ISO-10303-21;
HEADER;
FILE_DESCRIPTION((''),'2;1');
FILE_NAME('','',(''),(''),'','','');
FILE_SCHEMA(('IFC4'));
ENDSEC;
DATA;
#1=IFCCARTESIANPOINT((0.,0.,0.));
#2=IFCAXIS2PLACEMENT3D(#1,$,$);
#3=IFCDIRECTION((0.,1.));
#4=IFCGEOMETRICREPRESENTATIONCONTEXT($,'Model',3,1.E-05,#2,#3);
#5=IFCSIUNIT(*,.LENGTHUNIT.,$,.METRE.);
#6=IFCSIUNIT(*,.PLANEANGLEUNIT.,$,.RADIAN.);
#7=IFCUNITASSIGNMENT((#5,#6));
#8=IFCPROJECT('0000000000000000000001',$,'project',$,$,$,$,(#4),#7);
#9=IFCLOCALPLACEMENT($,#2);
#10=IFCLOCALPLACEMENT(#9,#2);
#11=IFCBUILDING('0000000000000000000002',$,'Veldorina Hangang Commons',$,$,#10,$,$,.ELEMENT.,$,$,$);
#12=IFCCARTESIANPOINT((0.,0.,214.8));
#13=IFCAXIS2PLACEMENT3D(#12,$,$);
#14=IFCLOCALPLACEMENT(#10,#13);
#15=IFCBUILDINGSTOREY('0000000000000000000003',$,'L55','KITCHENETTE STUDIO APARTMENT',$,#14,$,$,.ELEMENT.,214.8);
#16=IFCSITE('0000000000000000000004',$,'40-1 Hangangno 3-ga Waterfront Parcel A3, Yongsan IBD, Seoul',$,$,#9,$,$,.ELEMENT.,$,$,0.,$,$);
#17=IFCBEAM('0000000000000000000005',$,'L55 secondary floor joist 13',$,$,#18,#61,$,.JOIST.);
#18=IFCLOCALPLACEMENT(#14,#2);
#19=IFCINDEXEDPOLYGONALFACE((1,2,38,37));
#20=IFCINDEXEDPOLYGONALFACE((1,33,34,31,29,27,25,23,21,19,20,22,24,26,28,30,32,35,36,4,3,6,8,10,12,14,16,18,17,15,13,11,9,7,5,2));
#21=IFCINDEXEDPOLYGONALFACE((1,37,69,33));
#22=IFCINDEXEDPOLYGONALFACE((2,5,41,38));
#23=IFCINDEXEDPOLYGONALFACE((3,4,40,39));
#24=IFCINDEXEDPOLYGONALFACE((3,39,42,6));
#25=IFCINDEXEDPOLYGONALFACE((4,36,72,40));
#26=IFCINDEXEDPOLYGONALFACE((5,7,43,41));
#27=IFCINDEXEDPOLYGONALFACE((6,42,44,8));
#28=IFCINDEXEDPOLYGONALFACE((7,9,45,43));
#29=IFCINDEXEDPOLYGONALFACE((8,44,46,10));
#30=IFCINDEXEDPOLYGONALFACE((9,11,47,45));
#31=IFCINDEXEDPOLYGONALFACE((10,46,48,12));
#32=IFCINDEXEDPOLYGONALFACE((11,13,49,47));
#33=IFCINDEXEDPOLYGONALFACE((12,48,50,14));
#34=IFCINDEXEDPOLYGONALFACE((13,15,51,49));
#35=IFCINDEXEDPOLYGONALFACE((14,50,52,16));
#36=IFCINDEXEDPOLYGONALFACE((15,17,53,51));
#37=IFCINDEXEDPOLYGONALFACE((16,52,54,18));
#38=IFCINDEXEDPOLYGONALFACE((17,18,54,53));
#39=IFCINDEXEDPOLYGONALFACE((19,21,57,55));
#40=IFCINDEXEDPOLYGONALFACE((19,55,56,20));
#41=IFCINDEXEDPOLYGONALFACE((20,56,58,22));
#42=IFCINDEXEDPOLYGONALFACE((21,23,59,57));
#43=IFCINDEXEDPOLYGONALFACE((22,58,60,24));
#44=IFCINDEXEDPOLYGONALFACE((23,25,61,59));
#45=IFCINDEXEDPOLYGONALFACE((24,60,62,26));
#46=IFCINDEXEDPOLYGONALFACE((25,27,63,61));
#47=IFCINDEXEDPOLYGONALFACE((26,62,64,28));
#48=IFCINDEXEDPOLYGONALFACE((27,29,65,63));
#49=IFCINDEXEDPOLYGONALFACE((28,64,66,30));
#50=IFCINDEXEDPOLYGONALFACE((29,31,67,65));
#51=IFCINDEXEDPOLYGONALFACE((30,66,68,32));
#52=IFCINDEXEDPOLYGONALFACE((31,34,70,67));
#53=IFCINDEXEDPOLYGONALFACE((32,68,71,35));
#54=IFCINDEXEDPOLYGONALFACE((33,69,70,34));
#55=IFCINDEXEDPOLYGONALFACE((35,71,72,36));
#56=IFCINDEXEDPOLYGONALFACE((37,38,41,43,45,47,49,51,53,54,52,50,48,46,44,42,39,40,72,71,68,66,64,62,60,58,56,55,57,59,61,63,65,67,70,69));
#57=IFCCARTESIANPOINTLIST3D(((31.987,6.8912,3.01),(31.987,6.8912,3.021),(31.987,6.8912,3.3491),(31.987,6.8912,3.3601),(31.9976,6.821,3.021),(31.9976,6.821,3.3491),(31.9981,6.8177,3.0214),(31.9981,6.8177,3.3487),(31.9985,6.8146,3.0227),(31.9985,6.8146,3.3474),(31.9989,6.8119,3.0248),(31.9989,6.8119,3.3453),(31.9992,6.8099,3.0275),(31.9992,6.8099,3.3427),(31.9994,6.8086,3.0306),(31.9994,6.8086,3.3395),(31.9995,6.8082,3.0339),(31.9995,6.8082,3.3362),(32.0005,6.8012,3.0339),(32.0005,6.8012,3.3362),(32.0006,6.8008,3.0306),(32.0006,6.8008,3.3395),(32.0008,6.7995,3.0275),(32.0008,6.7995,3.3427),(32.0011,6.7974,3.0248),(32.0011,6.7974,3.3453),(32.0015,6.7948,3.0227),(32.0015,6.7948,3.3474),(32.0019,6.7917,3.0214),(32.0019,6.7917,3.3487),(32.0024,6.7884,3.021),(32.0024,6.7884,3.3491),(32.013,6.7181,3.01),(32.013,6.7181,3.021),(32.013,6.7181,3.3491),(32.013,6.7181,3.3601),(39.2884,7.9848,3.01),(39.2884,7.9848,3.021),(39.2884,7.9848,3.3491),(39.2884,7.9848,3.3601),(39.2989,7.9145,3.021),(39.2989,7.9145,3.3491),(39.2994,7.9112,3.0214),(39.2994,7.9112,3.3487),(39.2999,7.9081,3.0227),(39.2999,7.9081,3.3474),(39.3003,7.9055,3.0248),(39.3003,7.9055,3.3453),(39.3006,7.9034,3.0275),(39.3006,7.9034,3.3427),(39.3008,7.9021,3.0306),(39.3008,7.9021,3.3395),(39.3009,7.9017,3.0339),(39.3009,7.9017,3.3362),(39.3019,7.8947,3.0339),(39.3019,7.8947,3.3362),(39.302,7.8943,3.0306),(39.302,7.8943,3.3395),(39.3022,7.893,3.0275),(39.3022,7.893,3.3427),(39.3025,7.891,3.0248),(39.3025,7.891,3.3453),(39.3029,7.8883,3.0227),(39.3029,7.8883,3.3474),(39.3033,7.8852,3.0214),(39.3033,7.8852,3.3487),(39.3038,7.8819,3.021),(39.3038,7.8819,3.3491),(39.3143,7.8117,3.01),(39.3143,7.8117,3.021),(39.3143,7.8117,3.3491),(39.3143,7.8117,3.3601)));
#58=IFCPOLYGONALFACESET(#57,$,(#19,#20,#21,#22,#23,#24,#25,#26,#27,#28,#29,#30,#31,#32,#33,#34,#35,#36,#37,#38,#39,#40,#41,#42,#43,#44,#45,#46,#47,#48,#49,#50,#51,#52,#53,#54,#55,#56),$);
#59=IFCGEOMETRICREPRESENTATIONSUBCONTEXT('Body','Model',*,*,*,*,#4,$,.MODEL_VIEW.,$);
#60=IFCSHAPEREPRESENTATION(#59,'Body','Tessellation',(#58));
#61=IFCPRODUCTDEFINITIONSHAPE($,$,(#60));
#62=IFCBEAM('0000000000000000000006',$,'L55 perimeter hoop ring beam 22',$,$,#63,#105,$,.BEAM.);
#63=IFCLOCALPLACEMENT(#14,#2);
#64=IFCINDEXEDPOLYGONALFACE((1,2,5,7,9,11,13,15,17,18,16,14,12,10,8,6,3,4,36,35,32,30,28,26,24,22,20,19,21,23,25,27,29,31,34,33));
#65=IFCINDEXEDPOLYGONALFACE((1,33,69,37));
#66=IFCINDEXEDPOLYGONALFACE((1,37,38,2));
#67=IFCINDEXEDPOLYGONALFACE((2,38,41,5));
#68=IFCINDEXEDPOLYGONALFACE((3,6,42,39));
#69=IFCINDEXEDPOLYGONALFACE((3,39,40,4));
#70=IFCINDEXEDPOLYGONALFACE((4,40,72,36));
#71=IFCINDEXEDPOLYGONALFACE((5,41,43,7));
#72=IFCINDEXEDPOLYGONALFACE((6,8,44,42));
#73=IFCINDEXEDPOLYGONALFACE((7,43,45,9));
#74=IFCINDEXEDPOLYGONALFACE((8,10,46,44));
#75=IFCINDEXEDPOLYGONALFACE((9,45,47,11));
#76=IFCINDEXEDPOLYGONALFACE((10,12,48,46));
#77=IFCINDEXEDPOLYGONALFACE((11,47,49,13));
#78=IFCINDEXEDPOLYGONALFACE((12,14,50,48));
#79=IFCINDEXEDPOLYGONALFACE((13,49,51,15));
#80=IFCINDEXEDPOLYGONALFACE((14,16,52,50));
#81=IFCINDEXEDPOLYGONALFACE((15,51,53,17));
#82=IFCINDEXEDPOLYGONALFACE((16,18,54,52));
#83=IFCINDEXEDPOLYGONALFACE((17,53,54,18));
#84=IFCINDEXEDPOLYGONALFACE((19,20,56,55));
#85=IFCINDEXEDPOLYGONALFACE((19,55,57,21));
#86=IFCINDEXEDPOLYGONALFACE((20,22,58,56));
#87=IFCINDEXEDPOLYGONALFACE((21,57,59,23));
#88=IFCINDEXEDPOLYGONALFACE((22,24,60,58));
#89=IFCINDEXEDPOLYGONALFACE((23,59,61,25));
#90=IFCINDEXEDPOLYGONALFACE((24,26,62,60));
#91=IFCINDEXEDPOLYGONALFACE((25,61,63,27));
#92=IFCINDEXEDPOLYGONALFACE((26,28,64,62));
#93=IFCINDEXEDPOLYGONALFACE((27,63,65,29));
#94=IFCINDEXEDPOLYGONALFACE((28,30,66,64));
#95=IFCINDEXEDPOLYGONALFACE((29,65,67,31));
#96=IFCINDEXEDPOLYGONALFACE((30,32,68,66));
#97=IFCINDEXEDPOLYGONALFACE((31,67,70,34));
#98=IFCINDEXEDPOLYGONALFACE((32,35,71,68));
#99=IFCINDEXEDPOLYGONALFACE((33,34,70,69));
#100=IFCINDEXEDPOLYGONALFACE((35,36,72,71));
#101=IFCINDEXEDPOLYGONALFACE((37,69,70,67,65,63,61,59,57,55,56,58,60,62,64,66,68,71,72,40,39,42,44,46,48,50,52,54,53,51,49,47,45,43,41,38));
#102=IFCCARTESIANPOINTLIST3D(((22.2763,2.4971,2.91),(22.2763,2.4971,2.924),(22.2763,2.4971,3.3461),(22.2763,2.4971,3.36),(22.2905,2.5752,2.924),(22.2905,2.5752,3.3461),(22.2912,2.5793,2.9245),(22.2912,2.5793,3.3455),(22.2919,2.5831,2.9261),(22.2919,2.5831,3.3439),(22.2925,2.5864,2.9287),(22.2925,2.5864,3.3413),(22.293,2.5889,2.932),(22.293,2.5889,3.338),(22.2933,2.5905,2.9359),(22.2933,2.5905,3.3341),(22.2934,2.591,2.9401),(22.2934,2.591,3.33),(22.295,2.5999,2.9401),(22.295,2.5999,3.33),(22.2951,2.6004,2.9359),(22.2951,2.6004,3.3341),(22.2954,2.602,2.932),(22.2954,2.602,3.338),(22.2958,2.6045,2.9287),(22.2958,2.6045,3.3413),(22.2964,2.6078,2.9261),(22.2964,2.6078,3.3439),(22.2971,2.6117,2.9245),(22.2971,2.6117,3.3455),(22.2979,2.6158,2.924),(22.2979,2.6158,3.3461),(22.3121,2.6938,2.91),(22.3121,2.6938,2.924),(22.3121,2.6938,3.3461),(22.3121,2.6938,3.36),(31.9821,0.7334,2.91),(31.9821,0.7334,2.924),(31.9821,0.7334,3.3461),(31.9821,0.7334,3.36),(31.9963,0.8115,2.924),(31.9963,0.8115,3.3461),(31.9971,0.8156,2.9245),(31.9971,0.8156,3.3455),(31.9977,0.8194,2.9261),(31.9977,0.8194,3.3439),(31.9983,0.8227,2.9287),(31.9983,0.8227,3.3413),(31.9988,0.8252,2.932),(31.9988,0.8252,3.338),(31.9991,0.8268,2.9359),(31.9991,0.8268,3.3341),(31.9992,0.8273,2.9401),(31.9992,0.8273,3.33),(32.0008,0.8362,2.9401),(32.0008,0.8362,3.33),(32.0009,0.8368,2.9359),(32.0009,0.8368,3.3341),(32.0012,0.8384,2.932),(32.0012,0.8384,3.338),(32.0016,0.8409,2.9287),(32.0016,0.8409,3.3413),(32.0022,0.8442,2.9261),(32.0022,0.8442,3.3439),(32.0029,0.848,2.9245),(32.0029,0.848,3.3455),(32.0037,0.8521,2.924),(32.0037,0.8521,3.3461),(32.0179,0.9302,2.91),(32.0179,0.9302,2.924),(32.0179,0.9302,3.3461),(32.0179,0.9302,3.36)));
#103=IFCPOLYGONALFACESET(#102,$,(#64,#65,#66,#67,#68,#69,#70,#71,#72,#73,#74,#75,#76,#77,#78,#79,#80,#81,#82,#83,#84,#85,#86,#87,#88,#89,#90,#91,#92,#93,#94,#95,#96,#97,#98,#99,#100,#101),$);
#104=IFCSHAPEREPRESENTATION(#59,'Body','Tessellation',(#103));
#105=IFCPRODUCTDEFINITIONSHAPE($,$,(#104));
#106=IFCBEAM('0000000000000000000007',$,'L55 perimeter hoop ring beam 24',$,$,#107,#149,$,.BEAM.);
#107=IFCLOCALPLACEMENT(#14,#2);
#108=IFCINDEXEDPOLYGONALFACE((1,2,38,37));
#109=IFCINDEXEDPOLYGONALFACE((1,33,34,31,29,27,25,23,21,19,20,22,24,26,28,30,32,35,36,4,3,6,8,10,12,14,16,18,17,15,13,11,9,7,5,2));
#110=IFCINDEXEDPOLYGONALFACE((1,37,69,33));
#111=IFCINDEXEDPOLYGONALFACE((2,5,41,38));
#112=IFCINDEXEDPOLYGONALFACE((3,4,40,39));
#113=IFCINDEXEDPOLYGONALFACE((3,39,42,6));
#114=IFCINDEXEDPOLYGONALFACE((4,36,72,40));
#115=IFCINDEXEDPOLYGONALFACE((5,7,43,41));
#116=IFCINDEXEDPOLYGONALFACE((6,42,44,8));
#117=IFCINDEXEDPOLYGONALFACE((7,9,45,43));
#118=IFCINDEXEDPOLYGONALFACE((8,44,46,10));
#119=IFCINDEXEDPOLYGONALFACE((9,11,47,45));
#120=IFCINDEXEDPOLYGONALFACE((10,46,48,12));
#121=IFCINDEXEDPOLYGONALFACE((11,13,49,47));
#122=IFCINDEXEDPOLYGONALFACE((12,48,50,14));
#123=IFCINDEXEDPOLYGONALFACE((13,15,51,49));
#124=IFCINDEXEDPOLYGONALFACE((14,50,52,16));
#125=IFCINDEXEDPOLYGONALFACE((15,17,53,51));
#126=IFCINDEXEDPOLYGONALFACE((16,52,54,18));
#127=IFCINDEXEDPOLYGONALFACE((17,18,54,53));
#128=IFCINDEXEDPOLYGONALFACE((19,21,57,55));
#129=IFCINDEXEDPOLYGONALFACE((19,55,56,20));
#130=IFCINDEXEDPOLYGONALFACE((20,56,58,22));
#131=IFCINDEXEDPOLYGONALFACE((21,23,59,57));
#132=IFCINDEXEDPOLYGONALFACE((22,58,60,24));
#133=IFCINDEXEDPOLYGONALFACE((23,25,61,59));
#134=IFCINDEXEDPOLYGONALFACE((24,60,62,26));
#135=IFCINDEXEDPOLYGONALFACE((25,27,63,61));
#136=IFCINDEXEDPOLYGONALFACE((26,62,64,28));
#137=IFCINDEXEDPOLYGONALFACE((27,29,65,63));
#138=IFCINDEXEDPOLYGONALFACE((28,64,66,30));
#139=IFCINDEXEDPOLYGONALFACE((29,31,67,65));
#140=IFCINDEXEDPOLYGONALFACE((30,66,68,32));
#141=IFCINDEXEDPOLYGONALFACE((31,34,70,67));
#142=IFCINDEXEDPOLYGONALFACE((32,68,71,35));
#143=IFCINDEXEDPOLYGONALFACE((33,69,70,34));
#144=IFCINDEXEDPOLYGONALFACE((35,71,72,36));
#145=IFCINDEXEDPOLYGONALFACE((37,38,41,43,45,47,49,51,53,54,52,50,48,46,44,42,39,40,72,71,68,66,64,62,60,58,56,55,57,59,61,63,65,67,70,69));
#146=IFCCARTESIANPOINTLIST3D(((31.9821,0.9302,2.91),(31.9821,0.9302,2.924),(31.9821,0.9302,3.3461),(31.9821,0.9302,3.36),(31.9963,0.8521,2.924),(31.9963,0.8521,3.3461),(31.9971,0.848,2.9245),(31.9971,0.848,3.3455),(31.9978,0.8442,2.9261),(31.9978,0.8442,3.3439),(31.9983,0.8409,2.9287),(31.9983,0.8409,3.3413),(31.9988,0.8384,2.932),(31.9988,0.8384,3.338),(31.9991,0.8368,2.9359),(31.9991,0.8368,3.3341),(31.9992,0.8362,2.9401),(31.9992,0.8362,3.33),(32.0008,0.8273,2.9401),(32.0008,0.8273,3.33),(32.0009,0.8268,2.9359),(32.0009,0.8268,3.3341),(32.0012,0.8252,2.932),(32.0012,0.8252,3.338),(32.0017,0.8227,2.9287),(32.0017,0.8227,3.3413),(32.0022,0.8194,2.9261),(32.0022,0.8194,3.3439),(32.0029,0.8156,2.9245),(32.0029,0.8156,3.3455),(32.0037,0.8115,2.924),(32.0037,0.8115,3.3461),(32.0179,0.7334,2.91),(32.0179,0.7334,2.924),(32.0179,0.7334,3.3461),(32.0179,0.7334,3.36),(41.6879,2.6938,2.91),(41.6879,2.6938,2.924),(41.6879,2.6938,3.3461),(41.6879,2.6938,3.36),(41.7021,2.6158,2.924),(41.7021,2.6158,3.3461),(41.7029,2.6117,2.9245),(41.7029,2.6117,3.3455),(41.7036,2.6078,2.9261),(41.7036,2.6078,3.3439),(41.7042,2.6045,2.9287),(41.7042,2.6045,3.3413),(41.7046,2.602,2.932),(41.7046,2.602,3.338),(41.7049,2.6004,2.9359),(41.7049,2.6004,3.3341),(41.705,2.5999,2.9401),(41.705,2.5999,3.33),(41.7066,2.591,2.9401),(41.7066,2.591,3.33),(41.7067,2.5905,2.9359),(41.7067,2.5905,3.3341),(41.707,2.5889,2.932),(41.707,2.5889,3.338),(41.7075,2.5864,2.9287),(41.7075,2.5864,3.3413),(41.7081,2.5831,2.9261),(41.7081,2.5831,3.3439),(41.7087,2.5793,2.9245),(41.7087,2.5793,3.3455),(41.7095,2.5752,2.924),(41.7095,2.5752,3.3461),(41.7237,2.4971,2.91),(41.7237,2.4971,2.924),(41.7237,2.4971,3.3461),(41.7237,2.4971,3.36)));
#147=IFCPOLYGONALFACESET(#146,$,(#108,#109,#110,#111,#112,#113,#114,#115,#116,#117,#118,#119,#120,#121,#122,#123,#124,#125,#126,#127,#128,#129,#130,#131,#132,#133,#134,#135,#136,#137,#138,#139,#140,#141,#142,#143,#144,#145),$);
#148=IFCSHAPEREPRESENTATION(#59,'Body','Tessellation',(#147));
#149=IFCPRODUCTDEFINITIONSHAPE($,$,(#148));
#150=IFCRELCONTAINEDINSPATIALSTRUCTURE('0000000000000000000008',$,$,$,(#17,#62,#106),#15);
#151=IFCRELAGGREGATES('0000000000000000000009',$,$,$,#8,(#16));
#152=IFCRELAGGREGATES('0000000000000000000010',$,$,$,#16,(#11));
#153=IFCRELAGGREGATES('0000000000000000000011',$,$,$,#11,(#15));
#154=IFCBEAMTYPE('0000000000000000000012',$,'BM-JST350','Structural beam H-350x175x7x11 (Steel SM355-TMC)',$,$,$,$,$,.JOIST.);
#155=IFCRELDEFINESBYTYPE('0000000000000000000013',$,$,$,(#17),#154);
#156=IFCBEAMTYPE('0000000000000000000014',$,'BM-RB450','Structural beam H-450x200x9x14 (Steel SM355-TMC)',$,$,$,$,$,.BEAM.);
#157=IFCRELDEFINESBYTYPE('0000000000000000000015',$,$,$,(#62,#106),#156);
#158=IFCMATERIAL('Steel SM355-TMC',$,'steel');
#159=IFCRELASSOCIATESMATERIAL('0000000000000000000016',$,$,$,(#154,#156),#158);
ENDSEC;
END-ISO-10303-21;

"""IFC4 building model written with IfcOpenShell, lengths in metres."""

from ifc_helpers import new_model, si_unit, direction, frame, origin, origin_2d, place, context, subcontext, project, spatial, i_section, extrude, material, material_profile, profile_set, type_object, element, save


model = new_model("IFC4")

# Units and contexts
model_context = context("Model", 3, precision=1e-05, world=origin(), true_north=direction((0.0, 1.0)))
body_context = subcontext(model_context, "Body", "Model", "MODEL_VIEW")
ifc_project = project(units=[si_unit("LENGTHUNIT", "METRE"), si_unit("PLANEANGLEUNIT", "RADIAN")], contexts=[model_context])

# Site, building, storey
site_placement = place(None, origin())
site = spatial("IfcSite", under=ifc_project, at=site_placement, Name="40-1 Hangangno 3-ga Waterfront Parcel A3, Yongsan IBD, Seoul", CompositionType="ELEMENT", RefElevation=0.0)
building_placement = place(site_placement, origin())
building = spatial("IfcBuilding", under=site, at=building_placement, Name="Veldorina Hangang Commons", CompositionType="ELEMENT")
storey_placement = place(building_placement, frame((0.0, 0.0, 214.8)))
storey = spatial("IfcBuildingStorey", under=building, at=storey_placement, Name="L55", Description="KITCHENETTE STUDIO APARTMENT", CompositionType="ELEMENT", Elevation=214.8)

# Beams
ifc_material_1 = material(Name="Steel SM355-TMC", Category="steel")
ifc_material_profile_1 = material_profile(ifc_material_1, i_section(OverallWidth=0.175, OverallDepth=0.3501, WebThickness=0.0071, FlangeThickness=0.011, FilletRadius=0.0129, at=origin_2d()), Name="H-350x175x7x11")
ifc_profile_set_1 = profile_set([ifc_material_profile_1], Name="Steel SM355-TMC")
beam_type_1 = type_object("IfcBeamType", Name="BM-JST350", Description="Structural beam H-350x175x7x11 (Steel SM355-TMC)", PredefinedType="JOIST", material=ifc_profile_set_1)
beam_placement = place(storey_placement, frame((32.0, 6.8047, 3.1851), z_axis=(0.98897, 0.148117, 0.0), x_axis=(-0.148117, 0.98897, 0.0)))
element("IfcBeam", 1, at=beam_placement, inside=storey, type_object=beam_type_1, Name="L55 secondary floor joist 13", PredefinedType="JOIST", context=body_context, shape_type="SweptSolid", body=[
    extrude(i_section(OverallWidth=0.175, OverallDepth=0.3501, WebThickness=0.0071, FlangeThickness=0.011, FilletRadius=0.0129, at=origin_2d()), origin(), (0.0, 0.0, 1.0), 7.3828),
])
ifc_material_profile_2 = material_profile(ifc_material_1, i_section(OverallWidth=0.2, OverallDepth=0.45, WebThickness=0.009, FlangeThickness=0.0139, FilletRadius=0.0161, at=origin_2d()), Name="H-450x200x9x14")
ifc_profile_set_2 = profile_set([ifc_material_profile_2], Name="Steel SM355-TMC")
beam_type_2 = type_object("IfcBeamType", Name="BM-RB450", Description="Structural beam H-450x200x9x14 (Steel SM355-TMC)", PredefinedType="BEAM", material=ifc_profile_set_2)
for number, where, z_axis, x_axis, name in (
    (2, (22.2942, 2.5955, 3.135), (0.983888, -0.178785, 0.0), (0.178785, 0.983888, 0.0), "L55 perimeter hoop ring beam 22"),
    (3, (32.0, 0.8318, 3.135), (0.983888, 0.178785, 0.0), (-0.178785, 0.983888, 0.0), "L55 perimeter hoop ring beam 24"),
):
    element("IfcBeam", number, at=place(storey_placement, frame(where, z_axis=z_axis, x_axis=x_axis)), inside=storey, type_object=beam_type_2, Name=name, PredefinedType="BEAM", context=body_context, shape_type="SweptSolid", body=[
        extrude(i_section(OverallWidth=0.2, OverallDepth=0.45, WebThickness=0.009, FlangeThickness=0.0139, FilletRadius=0.0161, at=origin_2d()), origin(), (0.0, 0.0, 1.0), 9.8647),
    ])

save(model, "model.ifc")
